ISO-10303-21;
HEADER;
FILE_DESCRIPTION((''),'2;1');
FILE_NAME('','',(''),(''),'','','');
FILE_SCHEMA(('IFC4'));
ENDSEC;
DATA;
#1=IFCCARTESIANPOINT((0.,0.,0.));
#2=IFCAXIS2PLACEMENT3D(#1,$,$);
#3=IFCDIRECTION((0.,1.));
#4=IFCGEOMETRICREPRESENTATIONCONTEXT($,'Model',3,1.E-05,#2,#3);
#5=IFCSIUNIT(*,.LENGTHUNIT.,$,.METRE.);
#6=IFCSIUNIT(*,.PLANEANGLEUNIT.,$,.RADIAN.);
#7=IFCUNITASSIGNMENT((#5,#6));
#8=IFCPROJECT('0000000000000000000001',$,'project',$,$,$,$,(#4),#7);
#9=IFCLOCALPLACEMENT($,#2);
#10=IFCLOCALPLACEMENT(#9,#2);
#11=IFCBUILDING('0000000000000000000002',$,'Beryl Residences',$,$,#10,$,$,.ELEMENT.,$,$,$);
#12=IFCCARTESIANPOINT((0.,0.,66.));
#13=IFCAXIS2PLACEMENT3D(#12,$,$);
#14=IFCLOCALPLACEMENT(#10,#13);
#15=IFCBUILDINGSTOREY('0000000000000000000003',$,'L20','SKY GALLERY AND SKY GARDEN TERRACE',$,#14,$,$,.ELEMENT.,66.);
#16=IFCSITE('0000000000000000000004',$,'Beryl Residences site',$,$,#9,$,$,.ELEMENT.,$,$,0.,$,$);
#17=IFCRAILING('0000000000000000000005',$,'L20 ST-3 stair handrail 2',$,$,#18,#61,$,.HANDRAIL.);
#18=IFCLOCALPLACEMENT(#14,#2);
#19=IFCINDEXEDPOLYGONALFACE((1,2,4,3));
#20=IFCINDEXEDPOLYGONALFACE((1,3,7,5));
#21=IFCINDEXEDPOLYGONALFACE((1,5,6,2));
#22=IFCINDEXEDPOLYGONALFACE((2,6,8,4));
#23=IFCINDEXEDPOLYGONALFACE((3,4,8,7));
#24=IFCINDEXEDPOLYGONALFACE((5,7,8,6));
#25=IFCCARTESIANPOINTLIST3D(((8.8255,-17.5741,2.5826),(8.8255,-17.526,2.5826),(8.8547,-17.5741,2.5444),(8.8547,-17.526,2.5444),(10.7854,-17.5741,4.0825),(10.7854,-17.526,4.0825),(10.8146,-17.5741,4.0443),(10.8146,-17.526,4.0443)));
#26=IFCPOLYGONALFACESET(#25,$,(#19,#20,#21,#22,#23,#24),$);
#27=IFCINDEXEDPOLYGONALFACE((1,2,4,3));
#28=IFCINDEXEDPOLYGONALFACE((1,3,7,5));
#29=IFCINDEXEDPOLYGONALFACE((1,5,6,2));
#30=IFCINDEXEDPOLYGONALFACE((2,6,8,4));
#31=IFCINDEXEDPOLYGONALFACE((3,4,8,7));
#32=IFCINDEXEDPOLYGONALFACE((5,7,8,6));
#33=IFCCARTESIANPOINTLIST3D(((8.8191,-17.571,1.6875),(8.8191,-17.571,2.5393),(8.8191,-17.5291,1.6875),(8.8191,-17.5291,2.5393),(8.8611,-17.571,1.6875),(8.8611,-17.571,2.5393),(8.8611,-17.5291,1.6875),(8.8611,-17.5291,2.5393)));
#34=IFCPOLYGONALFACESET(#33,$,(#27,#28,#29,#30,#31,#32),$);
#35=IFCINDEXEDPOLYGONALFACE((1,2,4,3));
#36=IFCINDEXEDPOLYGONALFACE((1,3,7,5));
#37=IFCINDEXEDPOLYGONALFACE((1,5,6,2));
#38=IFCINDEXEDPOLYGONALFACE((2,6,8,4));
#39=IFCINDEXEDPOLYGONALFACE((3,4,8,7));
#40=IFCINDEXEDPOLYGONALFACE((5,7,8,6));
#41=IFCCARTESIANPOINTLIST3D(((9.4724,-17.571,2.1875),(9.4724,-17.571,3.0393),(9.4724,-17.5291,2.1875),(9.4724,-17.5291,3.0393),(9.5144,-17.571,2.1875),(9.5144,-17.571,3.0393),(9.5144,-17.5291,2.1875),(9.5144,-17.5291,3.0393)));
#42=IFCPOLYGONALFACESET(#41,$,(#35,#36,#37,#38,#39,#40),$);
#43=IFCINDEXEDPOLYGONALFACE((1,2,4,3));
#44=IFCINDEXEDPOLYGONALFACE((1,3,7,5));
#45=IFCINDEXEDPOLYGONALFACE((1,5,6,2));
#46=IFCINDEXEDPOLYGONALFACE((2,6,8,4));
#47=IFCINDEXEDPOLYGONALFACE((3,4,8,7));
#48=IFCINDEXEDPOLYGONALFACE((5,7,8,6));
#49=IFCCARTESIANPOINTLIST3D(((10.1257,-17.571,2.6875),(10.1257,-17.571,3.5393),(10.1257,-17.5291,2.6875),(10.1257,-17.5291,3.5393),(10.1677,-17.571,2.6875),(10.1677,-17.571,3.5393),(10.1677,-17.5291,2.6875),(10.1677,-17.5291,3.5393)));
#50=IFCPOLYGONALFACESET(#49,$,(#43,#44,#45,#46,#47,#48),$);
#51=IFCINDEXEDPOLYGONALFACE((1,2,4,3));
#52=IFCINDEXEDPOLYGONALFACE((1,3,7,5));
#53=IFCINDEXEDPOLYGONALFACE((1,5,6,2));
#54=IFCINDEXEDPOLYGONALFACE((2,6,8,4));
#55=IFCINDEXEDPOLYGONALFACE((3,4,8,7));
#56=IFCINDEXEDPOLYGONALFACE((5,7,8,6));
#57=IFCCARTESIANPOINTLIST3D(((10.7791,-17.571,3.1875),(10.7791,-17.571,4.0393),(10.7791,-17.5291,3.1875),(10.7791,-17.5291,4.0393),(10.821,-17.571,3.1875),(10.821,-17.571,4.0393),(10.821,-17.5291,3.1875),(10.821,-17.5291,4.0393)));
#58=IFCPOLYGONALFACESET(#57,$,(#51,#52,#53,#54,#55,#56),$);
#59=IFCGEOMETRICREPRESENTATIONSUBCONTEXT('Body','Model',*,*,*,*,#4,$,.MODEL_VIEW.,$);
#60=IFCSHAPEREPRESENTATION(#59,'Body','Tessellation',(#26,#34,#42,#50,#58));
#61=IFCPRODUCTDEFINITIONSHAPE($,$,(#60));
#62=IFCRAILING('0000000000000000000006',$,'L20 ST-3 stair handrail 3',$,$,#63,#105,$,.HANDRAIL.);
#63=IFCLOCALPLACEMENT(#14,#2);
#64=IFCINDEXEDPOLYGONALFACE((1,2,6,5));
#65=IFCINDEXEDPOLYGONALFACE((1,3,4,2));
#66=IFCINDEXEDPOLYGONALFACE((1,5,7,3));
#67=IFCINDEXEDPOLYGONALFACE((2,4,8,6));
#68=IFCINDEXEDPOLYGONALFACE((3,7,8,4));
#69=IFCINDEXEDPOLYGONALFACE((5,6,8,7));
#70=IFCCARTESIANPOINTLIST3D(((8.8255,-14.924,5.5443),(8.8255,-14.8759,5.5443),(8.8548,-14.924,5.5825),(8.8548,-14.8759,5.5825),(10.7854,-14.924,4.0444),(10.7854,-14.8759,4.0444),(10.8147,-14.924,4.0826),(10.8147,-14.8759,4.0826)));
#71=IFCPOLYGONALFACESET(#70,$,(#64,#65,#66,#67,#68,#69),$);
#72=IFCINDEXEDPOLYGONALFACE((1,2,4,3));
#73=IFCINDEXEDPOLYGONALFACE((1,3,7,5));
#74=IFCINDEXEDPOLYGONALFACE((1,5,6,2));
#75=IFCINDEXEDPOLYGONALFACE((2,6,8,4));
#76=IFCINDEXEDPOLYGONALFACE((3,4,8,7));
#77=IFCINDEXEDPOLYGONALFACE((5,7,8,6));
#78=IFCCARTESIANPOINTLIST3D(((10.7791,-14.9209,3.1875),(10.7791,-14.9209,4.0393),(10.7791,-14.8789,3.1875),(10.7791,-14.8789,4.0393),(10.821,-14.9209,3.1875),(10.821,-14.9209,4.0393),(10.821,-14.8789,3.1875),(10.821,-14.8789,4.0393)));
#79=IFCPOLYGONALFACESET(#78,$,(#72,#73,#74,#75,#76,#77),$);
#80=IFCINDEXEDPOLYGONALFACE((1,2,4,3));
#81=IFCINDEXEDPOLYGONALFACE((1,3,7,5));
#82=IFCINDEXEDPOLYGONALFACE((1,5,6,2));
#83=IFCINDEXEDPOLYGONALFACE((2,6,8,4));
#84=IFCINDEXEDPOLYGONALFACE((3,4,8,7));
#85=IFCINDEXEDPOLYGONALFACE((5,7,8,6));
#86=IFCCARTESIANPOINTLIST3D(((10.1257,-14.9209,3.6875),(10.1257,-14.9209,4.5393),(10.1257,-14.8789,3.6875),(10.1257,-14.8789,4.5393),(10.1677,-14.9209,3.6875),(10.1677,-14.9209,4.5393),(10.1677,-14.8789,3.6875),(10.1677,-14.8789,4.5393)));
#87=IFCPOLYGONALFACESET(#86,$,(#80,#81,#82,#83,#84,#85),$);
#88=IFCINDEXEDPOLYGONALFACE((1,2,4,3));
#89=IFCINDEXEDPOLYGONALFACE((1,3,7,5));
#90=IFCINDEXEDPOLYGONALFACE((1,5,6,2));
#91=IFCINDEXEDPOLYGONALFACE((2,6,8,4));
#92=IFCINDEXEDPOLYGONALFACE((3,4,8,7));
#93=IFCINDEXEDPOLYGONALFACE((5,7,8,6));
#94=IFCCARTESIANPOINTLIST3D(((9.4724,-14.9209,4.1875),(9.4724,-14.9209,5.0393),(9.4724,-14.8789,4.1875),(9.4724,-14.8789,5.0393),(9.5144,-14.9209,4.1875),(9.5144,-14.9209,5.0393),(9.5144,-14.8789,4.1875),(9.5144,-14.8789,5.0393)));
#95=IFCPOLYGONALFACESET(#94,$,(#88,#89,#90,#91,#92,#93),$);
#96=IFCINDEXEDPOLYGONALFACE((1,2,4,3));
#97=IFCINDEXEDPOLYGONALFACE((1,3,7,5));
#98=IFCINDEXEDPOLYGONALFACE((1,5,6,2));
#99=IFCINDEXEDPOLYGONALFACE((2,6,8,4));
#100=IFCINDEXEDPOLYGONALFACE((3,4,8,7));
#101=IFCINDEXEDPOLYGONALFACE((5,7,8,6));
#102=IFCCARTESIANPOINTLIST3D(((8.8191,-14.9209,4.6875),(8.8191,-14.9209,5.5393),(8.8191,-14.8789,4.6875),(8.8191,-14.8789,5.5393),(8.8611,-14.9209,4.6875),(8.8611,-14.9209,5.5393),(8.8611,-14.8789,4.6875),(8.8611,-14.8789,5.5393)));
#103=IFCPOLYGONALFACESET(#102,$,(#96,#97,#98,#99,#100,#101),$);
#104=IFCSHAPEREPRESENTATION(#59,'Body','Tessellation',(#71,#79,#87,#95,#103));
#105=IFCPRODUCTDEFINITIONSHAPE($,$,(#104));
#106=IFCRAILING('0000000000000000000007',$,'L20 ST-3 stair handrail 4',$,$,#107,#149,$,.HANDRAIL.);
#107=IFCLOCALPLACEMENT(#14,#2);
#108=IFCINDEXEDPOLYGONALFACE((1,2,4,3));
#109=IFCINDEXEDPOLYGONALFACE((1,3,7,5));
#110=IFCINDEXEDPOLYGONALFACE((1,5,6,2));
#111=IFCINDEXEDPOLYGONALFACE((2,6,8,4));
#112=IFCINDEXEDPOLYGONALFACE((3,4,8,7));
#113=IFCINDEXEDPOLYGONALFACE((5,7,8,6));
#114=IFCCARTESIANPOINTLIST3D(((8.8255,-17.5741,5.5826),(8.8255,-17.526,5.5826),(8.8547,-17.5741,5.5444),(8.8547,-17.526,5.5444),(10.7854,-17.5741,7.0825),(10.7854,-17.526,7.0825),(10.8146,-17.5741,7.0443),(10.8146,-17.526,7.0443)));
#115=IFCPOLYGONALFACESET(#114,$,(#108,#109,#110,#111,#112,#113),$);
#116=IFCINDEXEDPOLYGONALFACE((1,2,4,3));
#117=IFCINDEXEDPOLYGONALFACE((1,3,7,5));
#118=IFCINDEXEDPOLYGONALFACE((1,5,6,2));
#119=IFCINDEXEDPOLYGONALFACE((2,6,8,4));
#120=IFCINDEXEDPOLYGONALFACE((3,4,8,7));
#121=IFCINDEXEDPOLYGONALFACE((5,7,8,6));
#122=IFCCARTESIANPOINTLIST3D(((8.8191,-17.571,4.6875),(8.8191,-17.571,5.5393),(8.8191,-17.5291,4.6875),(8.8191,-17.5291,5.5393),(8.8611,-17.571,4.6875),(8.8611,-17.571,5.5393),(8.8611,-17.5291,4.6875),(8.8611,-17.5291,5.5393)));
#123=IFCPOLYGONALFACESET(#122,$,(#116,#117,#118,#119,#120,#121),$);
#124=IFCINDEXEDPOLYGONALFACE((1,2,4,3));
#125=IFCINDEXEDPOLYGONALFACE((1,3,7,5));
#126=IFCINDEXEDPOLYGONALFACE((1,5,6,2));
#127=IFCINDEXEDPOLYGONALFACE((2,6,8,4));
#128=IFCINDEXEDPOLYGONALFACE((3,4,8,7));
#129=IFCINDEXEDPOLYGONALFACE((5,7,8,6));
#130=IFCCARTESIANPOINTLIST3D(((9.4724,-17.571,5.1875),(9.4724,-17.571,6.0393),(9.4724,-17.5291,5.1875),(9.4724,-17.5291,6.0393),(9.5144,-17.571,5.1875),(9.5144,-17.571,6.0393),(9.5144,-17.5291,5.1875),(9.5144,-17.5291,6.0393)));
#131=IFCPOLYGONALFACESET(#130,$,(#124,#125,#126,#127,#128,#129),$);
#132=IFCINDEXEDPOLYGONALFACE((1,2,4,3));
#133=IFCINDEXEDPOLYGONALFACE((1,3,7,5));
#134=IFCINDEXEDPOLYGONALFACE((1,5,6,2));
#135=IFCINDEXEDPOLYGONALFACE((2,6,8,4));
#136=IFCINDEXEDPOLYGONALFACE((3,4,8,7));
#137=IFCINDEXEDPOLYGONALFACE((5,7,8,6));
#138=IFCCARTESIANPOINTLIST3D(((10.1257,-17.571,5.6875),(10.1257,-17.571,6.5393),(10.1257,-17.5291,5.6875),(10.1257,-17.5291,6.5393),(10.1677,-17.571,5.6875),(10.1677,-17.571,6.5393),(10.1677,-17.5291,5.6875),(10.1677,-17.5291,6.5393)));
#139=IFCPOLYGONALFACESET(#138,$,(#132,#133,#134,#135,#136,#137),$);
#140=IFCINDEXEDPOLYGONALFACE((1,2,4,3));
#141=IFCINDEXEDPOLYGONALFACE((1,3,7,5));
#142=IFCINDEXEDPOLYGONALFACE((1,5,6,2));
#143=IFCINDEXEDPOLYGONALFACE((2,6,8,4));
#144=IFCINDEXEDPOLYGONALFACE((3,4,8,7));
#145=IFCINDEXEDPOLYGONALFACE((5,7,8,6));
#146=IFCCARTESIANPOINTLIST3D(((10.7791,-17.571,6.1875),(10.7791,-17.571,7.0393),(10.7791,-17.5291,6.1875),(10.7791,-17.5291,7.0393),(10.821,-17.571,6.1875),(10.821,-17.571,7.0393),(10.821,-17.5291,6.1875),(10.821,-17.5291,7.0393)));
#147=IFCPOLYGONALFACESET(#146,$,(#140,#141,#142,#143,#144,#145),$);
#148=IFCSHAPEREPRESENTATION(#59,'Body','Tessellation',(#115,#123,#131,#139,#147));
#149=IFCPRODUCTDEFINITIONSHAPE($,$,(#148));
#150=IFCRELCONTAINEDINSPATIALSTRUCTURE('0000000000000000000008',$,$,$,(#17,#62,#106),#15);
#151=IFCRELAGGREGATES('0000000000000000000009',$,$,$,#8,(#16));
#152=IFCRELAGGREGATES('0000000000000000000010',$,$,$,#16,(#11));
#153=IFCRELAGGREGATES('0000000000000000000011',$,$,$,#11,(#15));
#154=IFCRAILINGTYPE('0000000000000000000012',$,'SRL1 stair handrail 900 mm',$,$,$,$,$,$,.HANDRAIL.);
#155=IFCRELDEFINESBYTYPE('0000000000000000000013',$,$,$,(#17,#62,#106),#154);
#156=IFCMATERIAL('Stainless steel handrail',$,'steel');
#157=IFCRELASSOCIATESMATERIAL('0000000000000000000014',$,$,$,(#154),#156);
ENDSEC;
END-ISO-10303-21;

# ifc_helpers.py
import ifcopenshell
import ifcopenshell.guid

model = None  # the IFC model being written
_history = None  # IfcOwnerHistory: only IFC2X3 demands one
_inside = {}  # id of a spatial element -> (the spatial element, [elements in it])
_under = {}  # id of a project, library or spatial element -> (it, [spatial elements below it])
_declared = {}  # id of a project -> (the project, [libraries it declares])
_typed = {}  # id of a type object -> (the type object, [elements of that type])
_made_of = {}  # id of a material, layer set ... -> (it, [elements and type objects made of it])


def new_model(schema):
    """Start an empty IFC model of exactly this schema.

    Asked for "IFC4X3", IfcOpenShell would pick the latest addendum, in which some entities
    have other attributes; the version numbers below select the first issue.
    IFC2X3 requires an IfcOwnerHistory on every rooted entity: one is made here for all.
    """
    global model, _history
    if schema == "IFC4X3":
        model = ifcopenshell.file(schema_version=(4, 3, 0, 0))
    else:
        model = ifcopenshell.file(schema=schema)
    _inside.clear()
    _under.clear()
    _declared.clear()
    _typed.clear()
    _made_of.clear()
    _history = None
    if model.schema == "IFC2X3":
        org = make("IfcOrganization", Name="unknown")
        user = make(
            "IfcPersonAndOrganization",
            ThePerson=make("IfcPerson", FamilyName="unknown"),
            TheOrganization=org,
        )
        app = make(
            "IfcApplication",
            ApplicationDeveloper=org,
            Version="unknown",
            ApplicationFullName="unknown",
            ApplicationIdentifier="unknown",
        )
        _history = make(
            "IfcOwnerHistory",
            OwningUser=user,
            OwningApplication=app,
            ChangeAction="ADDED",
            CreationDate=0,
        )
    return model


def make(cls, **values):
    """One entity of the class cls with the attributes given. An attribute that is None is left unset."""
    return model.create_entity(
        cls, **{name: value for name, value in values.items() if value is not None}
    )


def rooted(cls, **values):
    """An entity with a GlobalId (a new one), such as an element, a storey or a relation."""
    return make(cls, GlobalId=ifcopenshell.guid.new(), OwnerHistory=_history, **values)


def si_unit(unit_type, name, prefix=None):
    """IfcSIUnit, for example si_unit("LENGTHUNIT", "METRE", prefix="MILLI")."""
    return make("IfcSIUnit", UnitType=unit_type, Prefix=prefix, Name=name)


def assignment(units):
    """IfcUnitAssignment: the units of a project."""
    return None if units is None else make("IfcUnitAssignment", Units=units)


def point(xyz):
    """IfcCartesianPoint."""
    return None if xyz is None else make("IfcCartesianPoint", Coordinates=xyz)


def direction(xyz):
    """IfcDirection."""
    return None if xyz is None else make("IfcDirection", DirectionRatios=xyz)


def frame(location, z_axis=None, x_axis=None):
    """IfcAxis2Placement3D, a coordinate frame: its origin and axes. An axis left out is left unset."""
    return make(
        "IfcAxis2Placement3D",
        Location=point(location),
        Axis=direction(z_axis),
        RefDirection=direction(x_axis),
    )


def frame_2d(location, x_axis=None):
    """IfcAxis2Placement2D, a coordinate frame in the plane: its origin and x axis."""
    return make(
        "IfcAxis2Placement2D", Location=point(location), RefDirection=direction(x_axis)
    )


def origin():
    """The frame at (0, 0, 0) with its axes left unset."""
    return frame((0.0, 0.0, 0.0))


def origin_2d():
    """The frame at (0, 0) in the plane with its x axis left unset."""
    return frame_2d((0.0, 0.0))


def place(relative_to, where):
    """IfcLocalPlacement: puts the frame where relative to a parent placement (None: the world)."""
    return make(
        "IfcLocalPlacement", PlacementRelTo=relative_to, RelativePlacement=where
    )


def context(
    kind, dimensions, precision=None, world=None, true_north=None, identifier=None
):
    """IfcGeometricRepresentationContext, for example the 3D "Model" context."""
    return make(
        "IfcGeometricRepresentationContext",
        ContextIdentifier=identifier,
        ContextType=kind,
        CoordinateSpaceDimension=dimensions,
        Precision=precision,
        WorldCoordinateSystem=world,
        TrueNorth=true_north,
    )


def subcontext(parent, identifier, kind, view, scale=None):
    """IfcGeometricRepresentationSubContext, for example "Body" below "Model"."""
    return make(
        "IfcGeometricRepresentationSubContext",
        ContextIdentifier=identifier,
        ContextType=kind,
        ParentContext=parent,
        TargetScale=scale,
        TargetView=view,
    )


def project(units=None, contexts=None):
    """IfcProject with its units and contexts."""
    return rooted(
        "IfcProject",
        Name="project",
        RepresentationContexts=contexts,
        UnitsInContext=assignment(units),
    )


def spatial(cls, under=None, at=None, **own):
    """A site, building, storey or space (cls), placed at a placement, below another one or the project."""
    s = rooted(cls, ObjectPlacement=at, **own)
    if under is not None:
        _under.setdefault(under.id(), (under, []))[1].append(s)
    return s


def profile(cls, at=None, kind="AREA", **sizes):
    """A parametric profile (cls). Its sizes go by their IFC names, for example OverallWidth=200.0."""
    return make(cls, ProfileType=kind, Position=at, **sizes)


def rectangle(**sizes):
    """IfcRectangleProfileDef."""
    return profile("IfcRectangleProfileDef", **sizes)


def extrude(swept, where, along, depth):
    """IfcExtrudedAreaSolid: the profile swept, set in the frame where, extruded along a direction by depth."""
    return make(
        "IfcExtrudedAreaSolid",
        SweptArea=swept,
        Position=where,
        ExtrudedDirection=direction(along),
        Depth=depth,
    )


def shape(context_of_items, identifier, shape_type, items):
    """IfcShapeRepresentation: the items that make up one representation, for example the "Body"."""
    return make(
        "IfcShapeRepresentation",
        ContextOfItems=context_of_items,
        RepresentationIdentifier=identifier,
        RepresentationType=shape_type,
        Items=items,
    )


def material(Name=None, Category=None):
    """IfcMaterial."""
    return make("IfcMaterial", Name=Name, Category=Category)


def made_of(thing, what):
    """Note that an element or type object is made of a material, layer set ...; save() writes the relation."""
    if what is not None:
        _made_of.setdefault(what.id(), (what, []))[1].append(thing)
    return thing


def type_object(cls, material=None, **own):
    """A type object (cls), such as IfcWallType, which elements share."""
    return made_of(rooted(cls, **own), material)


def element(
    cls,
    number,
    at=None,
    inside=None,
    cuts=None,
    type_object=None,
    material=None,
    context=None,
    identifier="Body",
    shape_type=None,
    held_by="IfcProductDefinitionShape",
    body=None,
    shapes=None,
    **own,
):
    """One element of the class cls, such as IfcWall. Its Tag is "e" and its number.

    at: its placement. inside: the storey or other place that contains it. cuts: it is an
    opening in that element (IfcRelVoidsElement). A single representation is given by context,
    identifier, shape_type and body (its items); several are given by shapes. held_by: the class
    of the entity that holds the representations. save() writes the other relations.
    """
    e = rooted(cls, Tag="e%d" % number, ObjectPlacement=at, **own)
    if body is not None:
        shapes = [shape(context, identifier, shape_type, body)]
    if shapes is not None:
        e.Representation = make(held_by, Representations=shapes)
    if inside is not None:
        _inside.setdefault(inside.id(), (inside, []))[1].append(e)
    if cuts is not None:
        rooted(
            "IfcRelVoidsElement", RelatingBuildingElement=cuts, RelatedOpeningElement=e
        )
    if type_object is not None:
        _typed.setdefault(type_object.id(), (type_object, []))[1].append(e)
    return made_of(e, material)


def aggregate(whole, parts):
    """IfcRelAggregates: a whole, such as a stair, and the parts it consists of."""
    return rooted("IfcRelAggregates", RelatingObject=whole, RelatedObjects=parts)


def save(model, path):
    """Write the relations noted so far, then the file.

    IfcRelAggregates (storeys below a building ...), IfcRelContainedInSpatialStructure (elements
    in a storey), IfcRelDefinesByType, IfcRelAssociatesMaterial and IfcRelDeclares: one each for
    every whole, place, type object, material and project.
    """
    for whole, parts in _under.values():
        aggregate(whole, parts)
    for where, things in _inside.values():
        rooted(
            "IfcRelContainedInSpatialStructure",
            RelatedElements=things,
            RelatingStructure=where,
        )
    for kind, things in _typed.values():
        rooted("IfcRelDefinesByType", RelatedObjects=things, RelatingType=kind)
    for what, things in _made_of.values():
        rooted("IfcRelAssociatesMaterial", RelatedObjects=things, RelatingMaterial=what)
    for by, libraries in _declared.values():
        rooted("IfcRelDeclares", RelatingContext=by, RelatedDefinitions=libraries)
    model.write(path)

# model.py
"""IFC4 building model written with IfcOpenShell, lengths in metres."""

from ifc_helpers import new_model, si_unit, direction, frame, origin, origin_2d, place, context, subcontext, project, spatial, rectangle, extrude, material, type_object, element, save


model = new_model("IFC4")

# Units and contexts
model_context = context("Model", 3, precision=1e-05, world=origin(), true_north=direction((0.0, 1.0)))
body_context = subcontext(model_context, "Body", "Model", "MODEL_VIEW")
ifc_project = project(units=[si_unit("LENGTHUNIT", "METRE"), si_unit("PLANEANGLEUNIT", "RADIAN")], contexts=[model_context])

# Site, building, storey
site_placement = place(None, origin())
site = spatial("IfcSite", under=ifc_project, at=site_placement, Name="Beryl Residences site", CompositionType="ELEMENT", RefElevation=0.0)
building_placement = place(site_placement, origin())
building = spatial("IfcBuilding", under=site, at=building_placement, Name="Beryl Residences", CompositionType="ELEMENT")
storey_placement = place(building_placement, frame((0.0, 0.0, 66.0)))
storey = spatial("IfcBuildingStorey", under=building, at=storey_placement, Name="L20", Description="SKY GALLERY AND SKY GARDEN TERRACE", CompositionType="ELEMENT", Elevation=66.0)

# Railings
ifc_material_1 = material(Name="Stainless steel handrail", Category="steel")
railing_type_1 = type_object("IfcRailingType", Name="SRL1 stair handrail 900 mm", PredefinedType="HANDRAIL", material=ifc_material_1)
railing_1_placement = place(storey_placement, frame((8.8401, -17.55, 1.6875)))
element("IfcRailing", 1, at=railing_1_placement, inside=storey, type_object=railing_type_1, Name="L20 ST-3 stair handrail 2", PredefinedType="HANDRAIL", context=body_context, shape_type="SweptSolid", body=[
    extrude(rectangle(XDim=0.0481, YDim=0.0481, at=origin_2d()), frame((0.0, 0.0, 0.876), z_axis=(0.794122, 0.0, 0.607758), x_axis=(0.0, 1.0, 0.0)), (0.0, 0.0, 1.0), 2.468),
    extrude(rectangle(XDim=0.042, YDim=0.042, at=origin_2d()), origin(), (0.0, 0.0, 1.0), 0.8518),
    extrude(rectangle(XDim=0.042, YDim=0.042, at=origin_2d()), frame((0.6533, 0.0, 0.5)), (0.0, 0.0, 1.0), 0.8518),
    extrude(rectangle(XDim=0.042, YDim=0.042, at=origin_2d()), frame((1.3066, 0.0, 1.0)), (0.0, 0.0, 1.0), 0.8518),
    extrude(rectangle(XDim=0.042, YDim=0.042, at=origin_2d()), frame((1.96, 0.0, 1.5)), (0.0, 0.0, 1.0), 0.8518),
])
railing_2_placement = place(storey_placement, frame((10.8, -14.8999, 3.1875)))
element("IfcRailing", 2, at=railing_2_placement, inside=storey, type_object=railing_type_1, Name="L20 ST-3 stair handrail 3", PredefinedType="HANDRAIL", context=body_context, shape_type="SweptSolid", body=[
    extrude(rectangle(XDim=0.0481, YDim=0.0481, at=origin_2d()), frame((0.0, 0.0, 0.876), z_axis=(-0.794122, 0.0, 0.607758), x_axis=(0.0, -1.0, 0.0)), (0.0, 0.0, 1.0), 2.468),
    extrude(rectangle(XDim=0.042, YDim=0.042, at=origin_2d()), origin(), (0.0, 0.0, 1.0), 0.8518),
    extrude(rectangle(XDim=0.042, YDim=0.042, at=origin_2d()), frame((-0.6533, 0.0, 0.5)), (0.0, 0.0, 1.0), 0.8518),
    extrude(rectangle(XDim=0.042, YDim=0.042, at=origin_2d()), frame((-1.3066, 0.0, 1.0)), (0.0, 0.0, 1.0), 0.8518),
    extrude(rectangle(XDim=0.042, YDim=0.042, at=origin_2d()), frame((-1.96, 0.0, 1.5)), (0.0, 0.0, 1.0), 0.8518),
])
railing_3_placement = place(storey_placement, frame((8.8401, -17.55, 4.6875)))
element("IfcRailing", 3, at=railing_3_placement, inside=storey, type_object=railing_type_1, Name="L20 ST-3 stair handrail 4", PredefinedType="HANDRAIL", context=body_context, shape_type="SweptSolid", body=[
    extrude(rectangle(XDim=0.0481, YDim=0.0481, at=origin_2d()), frame((0.0, 0.0, 0.876), z_axis=(0.794122, 0.0, 0.607758), x_axis=(0.0, 1.0, 0.0)), (0.0, 0.0, 1.0), 2.468),
    extrude(rectangle(XDim=0.042, YDim=0.042, at=origin_2d()), origin(), (0.0, 0.0, 1.0), 0.8518),
    extrude(rectangle(XDim=0.042, YDim=0.042, at=origin_2d()), frame((0.6533, 0.0, 0.5)), (0.0, 0.0, 1.0), 0.8518),
    extrude(rectangle(XDim=0.042, YDim=0.042, at=origin_2d()), frame((1.3066, 0.0, 1.0)), (0.0, 0.0, 1.0), 0.8518),
    extrude(rectangle(XDim=0.042, YDim=0.042, at=origin_2d()), frame((1.96, 0.0, 1.5)), (0.0, 0.0, 1.0), 0.8518),
])

save(model, "model.ifc")
